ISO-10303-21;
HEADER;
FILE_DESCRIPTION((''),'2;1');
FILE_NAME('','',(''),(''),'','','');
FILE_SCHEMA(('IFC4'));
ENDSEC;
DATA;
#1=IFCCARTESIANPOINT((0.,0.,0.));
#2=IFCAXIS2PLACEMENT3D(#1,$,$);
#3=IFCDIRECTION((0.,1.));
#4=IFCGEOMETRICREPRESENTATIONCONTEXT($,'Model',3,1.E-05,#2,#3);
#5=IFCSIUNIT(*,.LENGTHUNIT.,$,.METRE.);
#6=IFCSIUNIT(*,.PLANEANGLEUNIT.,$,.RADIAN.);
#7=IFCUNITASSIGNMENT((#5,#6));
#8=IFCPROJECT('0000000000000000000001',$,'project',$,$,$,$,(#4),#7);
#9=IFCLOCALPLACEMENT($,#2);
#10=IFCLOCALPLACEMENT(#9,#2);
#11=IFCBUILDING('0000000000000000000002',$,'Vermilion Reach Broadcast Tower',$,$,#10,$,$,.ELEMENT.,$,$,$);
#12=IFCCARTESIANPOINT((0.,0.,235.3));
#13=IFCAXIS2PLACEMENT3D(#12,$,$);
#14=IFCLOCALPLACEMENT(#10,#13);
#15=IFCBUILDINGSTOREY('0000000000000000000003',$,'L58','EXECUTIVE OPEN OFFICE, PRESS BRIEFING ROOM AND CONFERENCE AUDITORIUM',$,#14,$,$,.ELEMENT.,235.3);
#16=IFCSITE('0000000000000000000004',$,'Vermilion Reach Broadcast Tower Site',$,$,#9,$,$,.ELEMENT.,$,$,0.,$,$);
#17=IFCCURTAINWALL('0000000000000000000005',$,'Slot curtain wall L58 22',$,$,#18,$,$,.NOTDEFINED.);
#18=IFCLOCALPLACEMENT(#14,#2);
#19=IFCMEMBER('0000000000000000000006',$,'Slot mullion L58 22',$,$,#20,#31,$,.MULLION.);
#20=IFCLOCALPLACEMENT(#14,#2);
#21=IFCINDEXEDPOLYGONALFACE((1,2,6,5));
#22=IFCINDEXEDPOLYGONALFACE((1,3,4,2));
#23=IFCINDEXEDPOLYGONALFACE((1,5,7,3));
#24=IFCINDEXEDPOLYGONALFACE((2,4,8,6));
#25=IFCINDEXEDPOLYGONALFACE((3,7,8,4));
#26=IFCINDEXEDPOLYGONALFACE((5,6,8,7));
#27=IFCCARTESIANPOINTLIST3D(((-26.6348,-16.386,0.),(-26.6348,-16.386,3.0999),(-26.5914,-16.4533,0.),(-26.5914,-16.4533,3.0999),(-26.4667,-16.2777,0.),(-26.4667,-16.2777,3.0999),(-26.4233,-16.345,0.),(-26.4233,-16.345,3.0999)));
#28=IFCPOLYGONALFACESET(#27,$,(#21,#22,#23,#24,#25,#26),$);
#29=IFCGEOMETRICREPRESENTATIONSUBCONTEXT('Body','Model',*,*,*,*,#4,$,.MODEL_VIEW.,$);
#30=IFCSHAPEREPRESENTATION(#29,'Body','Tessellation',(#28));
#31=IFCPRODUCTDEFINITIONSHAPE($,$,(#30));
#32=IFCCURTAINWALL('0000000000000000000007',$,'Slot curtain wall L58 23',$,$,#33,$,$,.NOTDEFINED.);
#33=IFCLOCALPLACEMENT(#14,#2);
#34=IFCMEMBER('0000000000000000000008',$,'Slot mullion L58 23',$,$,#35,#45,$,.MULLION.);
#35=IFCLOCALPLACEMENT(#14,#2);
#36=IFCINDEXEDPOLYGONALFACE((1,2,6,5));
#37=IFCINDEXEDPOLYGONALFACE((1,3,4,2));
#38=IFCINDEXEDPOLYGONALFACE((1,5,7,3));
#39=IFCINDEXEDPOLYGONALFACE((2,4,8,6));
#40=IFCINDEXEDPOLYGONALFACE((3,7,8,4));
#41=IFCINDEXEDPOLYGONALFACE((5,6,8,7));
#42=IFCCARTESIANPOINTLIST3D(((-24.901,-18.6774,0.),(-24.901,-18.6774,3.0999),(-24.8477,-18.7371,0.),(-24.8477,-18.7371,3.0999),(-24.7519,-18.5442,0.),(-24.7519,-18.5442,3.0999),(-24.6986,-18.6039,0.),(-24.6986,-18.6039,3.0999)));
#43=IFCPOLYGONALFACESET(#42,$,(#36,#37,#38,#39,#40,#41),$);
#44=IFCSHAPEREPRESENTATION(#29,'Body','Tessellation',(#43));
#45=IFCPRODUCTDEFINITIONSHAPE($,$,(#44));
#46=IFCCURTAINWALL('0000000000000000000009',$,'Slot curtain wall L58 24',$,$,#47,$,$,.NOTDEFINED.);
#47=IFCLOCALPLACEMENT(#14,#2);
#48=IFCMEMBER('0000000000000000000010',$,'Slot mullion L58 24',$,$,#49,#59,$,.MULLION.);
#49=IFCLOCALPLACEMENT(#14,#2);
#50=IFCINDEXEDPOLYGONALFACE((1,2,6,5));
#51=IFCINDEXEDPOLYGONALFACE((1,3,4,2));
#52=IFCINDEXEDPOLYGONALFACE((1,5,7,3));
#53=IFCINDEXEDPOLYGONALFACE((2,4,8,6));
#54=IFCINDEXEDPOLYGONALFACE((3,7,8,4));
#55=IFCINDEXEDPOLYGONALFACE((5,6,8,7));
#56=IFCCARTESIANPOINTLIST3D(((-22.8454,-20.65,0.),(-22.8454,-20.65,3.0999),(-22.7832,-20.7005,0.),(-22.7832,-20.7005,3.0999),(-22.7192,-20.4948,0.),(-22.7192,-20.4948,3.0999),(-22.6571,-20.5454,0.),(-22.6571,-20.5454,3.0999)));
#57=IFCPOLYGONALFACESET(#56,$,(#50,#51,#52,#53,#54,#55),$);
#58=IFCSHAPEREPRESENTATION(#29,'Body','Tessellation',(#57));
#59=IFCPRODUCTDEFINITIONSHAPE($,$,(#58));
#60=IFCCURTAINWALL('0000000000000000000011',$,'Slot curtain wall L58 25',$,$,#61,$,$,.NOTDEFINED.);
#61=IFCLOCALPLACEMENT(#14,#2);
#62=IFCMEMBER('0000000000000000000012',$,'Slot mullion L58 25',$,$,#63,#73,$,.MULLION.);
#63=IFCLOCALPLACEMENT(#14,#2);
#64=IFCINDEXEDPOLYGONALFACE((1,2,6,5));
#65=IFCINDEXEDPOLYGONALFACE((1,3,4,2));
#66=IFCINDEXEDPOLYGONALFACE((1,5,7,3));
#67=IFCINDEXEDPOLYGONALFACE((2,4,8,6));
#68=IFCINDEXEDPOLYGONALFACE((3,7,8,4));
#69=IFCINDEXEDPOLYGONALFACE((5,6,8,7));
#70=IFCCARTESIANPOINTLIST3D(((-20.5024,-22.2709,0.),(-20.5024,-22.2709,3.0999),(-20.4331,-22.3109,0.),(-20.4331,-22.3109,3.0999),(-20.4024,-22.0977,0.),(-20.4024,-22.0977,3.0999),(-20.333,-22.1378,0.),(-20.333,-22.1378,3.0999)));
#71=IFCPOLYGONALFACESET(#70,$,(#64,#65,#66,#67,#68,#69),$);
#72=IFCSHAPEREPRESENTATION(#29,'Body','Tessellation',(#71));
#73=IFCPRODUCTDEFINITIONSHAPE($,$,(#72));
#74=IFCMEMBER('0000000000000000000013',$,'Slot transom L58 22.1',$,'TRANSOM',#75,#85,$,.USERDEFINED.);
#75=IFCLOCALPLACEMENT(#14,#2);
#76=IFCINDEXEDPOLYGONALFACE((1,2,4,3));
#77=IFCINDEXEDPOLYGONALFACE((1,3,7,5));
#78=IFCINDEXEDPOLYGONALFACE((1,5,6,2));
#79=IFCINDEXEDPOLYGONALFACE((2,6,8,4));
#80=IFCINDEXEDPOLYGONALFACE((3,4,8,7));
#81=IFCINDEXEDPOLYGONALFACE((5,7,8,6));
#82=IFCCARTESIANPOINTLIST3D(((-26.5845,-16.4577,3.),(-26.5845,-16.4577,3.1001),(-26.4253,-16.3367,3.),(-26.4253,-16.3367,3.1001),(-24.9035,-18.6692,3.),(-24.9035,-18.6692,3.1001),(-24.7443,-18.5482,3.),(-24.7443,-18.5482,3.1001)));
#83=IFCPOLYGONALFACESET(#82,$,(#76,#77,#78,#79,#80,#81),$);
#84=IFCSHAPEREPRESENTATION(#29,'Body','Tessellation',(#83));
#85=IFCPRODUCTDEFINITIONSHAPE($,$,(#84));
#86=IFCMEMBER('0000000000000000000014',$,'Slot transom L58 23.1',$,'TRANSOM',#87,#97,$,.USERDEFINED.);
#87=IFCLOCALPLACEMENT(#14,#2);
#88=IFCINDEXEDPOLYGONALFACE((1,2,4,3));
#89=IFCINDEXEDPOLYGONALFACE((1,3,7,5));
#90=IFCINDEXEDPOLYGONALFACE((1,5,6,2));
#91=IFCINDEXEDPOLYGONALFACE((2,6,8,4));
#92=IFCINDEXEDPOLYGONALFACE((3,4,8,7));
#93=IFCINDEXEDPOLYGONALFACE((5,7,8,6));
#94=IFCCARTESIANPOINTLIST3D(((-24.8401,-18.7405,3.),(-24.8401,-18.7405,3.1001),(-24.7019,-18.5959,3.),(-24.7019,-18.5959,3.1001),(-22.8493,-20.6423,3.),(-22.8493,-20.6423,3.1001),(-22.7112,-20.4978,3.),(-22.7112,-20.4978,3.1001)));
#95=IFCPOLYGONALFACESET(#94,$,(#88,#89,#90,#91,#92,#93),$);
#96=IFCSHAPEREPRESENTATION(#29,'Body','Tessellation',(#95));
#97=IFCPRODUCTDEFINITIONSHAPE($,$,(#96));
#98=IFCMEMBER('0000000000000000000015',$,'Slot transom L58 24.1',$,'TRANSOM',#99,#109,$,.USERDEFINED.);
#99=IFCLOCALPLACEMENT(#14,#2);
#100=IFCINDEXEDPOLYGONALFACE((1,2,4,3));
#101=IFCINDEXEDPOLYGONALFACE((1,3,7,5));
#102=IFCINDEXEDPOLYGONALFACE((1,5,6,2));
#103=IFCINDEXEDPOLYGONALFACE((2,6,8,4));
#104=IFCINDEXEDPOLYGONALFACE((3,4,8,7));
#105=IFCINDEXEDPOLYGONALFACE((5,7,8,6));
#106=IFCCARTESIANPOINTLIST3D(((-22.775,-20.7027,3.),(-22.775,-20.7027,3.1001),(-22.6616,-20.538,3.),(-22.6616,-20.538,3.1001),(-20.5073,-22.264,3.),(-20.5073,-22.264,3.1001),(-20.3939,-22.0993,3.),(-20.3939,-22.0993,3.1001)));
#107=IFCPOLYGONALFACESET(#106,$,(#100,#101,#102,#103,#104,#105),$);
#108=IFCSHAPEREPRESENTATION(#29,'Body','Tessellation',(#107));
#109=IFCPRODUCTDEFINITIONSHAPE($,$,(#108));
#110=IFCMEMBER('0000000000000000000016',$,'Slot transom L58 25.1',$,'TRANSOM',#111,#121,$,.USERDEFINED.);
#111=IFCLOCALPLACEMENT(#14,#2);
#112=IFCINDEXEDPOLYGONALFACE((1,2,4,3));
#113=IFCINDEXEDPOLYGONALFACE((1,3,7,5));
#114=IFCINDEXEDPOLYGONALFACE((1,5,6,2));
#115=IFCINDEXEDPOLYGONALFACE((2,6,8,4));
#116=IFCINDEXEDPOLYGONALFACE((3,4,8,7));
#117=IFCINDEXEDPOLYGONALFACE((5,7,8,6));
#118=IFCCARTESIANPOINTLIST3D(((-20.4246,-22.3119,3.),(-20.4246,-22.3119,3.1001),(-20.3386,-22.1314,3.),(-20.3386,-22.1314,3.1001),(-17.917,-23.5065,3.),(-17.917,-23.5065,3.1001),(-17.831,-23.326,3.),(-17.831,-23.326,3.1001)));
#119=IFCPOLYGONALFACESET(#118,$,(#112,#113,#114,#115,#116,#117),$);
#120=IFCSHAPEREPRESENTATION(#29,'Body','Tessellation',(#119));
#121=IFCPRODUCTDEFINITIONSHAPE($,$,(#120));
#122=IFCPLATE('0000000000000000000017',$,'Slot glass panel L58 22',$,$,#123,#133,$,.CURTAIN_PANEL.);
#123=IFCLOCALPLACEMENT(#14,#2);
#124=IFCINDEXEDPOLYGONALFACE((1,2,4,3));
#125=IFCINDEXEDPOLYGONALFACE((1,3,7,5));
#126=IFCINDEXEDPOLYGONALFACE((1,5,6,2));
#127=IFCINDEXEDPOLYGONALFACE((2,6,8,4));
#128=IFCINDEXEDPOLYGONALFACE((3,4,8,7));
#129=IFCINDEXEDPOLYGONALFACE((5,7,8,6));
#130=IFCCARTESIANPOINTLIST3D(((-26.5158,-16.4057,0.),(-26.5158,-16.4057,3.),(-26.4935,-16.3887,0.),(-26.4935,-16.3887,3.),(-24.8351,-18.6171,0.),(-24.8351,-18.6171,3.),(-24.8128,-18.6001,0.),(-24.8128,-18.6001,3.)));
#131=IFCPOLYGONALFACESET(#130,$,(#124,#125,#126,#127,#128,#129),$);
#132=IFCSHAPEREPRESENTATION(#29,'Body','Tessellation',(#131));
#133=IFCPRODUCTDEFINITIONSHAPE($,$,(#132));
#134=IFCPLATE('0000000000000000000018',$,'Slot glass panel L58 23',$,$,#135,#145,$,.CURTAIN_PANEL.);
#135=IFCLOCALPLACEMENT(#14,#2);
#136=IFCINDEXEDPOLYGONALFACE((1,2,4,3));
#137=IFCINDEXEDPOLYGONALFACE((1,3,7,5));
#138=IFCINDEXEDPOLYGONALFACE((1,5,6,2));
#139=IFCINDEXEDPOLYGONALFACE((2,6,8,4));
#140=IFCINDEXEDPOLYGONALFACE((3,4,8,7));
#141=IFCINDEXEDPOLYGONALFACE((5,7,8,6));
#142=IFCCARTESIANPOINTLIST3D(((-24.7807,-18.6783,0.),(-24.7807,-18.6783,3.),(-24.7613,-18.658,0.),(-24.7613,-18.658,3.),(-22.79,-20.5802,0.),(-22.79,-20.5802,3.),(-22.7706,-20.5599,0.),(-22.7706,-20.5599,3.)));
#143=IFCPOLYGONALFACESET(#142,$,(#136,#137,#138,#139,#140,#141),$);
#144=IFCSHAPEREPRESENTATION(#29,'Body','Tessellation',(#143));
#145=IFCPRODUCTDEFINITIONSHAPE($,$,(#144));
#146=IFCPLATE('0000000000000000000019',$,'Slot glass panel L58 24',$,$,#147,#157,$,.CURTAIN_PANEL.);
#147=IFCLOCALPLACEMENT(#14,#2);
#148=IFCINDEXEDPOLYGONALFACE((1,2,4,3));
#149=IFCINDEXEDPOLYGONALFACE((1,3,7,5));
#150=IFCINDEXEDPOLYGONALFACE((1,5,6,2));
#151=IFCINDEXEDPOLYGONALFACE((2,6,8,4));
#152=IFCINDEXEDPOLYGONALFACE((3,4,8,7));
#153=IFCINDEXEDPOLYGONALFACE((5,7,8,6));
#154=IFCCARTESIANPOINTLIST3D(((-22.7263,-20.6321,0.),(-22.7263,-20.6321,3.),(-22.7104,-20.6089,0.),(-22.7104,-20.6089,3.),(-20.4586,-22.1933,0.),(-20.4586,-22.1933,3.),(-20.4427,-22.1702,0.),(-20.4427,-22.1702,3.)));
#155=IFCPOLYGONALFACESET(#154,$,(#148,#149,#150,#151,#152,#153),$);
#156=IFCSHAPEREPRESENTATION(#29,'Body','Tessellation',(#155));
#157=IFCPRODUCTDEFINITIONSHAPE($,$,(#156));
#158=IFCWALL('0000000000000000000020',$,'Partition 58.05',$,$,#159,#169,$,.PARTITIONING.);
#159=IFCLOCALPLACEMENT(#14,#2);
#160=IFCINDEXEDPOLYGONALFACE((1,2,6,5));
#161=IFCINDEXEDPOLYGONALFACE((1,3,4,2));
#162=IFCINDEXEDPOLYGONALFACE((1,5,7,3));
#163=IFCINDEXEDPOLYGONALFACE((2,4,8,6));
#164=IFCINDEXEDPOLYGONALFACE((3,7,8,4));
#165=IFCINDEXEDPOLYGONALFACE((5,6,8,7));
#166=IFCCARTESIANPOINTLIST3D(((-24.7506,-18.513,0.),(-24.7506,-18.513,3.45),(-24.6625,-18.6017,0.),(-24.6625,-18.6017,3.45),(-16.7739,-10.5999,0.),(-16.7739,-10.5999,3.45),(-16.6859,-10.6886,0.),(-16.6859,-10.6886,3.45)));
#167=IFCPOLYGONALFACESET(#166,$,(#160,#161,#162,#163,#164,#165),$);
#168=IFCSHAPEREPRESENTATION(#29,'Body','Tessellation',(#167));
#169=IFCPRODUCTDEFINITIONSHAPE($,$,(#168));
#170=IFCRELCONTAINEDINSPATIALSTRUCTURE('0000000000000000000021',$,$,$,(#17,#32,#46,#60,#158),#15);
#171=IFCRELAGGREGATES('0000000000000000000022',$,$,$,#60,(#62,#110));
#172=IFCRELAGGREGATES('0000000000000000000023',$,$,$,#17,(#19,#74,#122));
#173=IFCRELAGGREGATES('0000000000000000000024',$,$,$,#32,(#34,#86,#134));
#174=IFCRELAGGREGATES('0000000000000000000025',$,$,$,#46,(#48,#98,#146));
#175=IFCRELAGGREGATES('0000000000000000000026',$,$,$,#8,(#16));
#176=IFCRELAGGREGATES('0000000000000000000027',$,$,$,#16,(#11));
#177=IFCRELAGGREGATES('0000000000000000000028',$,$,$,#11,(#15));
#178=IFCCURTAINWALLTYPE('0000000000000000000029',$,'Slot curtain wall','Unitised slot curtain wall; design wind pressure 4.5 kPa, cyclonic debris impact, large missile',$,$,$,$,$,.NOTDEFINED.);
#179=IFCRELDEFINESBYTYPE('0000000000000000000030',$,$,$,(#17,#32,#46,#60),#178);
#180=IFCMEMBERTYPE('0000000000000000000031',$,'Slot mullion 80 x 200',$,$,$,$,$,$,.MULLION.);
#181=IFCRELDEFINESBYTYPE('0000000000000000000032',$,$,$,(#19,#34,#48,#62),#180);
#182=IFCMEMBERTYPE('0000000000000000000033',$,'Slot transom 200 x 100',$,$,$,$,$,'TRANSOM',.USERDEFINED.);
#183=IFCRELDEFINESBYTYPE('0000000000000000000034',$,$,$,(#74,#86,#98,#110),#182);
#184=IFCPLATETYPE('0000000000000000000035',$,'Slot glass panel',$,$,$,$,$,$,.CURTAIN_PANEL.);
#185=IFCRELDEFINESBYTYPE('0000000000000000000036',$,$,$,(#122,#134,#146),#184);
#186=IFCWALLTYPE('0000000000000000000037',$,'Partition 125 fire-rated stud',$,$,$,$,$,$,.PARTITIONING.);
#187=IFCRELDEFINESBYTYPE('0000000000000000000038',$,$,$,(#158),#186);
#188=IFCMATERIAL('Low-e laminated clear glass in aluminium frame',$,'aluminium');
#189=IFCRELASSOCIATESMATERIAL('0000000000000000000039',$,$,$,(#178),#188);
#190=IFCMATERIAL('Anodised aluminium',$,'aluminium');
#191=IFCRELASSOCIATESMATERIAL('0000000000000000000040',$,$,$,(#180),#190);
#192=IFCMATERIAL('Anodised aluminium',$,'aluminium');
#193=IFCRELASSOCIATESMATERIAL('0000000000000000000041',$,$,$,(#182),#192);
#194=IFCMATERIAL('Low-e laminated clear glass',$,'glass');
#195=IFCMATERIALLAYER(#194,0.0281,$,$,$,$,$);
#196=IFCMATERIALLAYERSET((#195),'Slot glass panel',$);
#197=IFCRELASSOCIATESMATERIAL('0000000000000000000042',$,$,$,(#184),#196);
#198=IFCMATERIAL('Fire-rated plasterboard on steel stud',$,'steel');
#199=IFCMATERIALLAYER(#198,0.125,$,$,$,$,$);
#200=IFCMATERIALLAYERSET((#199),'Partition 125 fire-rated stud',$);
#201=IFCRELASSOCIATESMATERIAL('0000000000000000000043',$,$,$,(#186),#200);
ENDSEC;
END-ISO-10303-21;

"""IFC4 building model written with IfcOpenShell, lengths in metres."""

from ifc_helpers import new_model, si_unit, direction, frame, frame_2d, origin, origin_2d, place, context, subcontext, project, spatial, rectangle, extrude, material, layer, layer_set, material_profile, profile_set, type_object, element, aggregate, save


model = new_model("IFC4")

# Units and contexts
model_context = context("Model", 3, precision=1e-05, world=origin(), true_north=direction((0.0, 1.0)))
body_context = subcontext(model_context, "Body", "Model", "MODEL_VIEW")
ifc_project = project(units=[si_unit("LENGTHUNIT", "METRE"), si_unit("PLANEANGLEUNIT", "RADIAN")], contexts=[model_context])

# Site, building, storey
site_placement = place(None, origin())
site = spatial("IfcSite", under=ifc_project, at=site_placement, Name="Vermilion Reach Broadcast Tower Site", CompositionType="ELEMENT", RefElevation=0.0)
building_placement = place(site_placement, origin())
building = spatial("IfcBuilding", under=site, at=building_placement, Name="Vermilion Reach Broadcast Tower", CompositionType="ELEMENT")
storey_placement = place(building_placement, frame((0.0, 0.0, 235.3)))
storey = spatial("IfcBuildingStorey", under=building, at=storey_placement, Name="L58", Description="EXECUTIVE OPEN OFFICE, PRESS BRIEFING ROOM AND CONFERENCE AUDITORIUM", CompositionType="ELEMENT", Elevation=235.3)

# Curtain walls, members
ifc_material_1 = material(Name="Low-e laminated clear glass in aluminium frame", Category="aluminium")
curtain_wall_type = type_object("IfcCurtainWallType", Name="Slot curtain wall", Description="Unitised slot curtain wall; design wind pressure 4.5 kPa, cyclonic debris impact, large missile", PredefinedType="NOTDEFINED", material=ifc_material_1)
placement = place(storey_placement, origin())
curtain_wall_1 = element("IfcCurtainWall", 1, at=placement, inside=storey, type_object=curtain_wall_type, Name="Slot curtain wall L58 22", PredefinedType="NOTDEFINED")
ifc_material_2 = material(Name="Anodised aluminium", Category="aluminium")
ifc_material_profile_1 = material_profile(ifc_material_2, rectangle(XDim=0.2, YDim=0.0801, at=origin_2d()), Name="Slot mullion 80 x 200")
ifc_profile_set_1 = profile_set([ifc_material_profile_1], Name="Anodised aluminium")
member_type_1 = type_object("IfcMemberType", Name="Slot mullion 80 x 200", PredefinedType="MULLION", material=ifc_profile_set_1)
member_1_placement = place(storey_placement, frame((-26.5291, -16.3655, 0.0), z_axis=(0.0, 0.0, 1.0), x_axis=(0.840505, 0.541804, 0.0)))
member_1 = element("IfcMember", 2, at=member_1_placement, type_object=member_type_1, Name="Slot mullion L58 22", PredefinedType="MULLION", context=body_context, shape_type="SweptSolid", body=[
    extrude(rectangle(XDim=0.2, YDim=0.0801, at=origin_2d()), origin(), (0.0, 0.0, 1.0), 3.0999),
])
curtain_wall_2 = element("IfcCurtainWall", 3, at=placement, inside=storey, type_object=curtain_wall_type, Name="Slot curtain wall L58 23", PredefinedType="NOTDEFINED")
member_2_placement = place(storey_placement, frame((-24.7998, -18.6406, 0.0), z_axis=(0.0, 0.0, 1.0), x_axis=(0.745812, 0.666156, 0.0)))
member_2 = element("IfcMember", 4, at=member_2_placement, type_object=member_type_1, Name="Slot mullion L58 23", PredefinedType="MULLION", context=body_context, shape_type="SweptSolid", body=[
    extrude(rectangle(XDim=0.2, YDim=0.0801, at=origin_2d()), origin(), (0.0, 0.0, 1.0), 3.0999),
])
curtain_wall_3 = element("IfcCurtainWall", 5, at=placement, inside=storey, type_object=curtain_wall_type, Name="Slot curtain wall L58 24", PredefinedType="NOTDEFINED")
member_3_placement = place(storey_placement, frame((-22.7512, -20.5977, 0.0), z_axis=(0.0, 0.0, 1.0), x_axis=(0.630947, 0.775826, 0.0)))
member_3 = element("IfcMember", 6, at=member_3_placement, type_object=member_type_1, Name="Slot mullion L58 24", PredefinedType="MULLION", context=body_context, shape_type="SweptSolid", body=[
    extrude(rectangle(XDim=0.2, YDim=0.0801, at=origin_2d()), origin(), (0.0, 0.0, 1.0), 3.0999),
])
curtain_wall_4 = element("IfcCurtainWall", 7, at=placement, inside=storey, type_object=curtain_wall_type, Name="Slot curtain wall L58 25", PredefinedType="NOTDEFINED")
member_4_placement = place(storey_placement, frame((-20.4177, -22.2043, 0.0), z_axis=(0.0, 0.0, 1.0), x_axis=(0.500168, 0.865929, 0.0)))
member_4 = element("IfcMember", 8, at=member_4_placement, type_object=member_type_1, Name="Slot mullion L58 25", PredefinedType="MULLION", context=body_context, shape_type="SweptSolid", body=[
    extrude(rectangle(XDim=0.2, YDim=0.0801, at=origin_2d()), origin(), (0.0, 0.0, 1.0), 3.0999),
])

# Members
ifc_material_3 = material(Name="Anodised aluminium", Category="aluminium")
ifc_material_profile_2 = material_profile(ifc_material_3, rectangle(XDim=0.2, YDim=0.1001, at=origin_2d()), Name="Slot transom 200 x 100")
ifc_profile_set_2 = profile_set([ifc_material_profile_2], Name="Anodised aluminium")
member_type_2 = type_object("IfcMemberType", Name="Slot transom 200 x 100", ElementType="TRANSOM", PredefinedType="USERDEFINED", material=ifc_profile_set_2)
member_5_placement = place(storey_placement, frame((-26.5049, -16.3972, 3.05), z_axis=(0.605135, -0.796123, 0.0), x_axis=(0.796123, 0.605135, 0.0)))
member_5 = element("IfcMember", 9, at=member_5_placement, type_object=member_type_2, Name="Slot transom L58 22.1", ObjectType="TRANSOM", PredefinedType="USERDEFINED", context=body_context, shape_type="SweptSolid", body=[
    extrude(rectangle(XDim=0.2, YDim=0.1001, at=origin_2d()), origin(), (0.0, 0.0, 1.0), 2.7778),
])
member_6_placement = place(storey_placement, frame((-24.771, -18.6682, 3.05), z_axis=(0.723062, -0.690784, 0.0), x_axis=(0.690784, 0.723062, 0.0)))
member_6 = element("IfcMember", 10, at=member_6_placement, type_object=member_type_2, Name="Slot transom L58 23.1", ObjectType="TRANSOM", PredefinedType="USERDEFINED", context=body_context, shape_type="SweptSolid", body=[
    extrude(rectangle(XDim=0.2, YDim=0.1001, at=origin_2d()), origin(), (0.0, 0.0, 1.0), 2.7532),
])
member_7_placement = place(storey_placement, frame((-22.7183, -20.6204, 3.05), z_axis=(0.823648, -0.567101, 0.0), x_axis=(0.567101, 0.823648, 0.0)))
member_7 = element("IfcMember", 11, at=member_7_placement, type_object=member_type_2, Name="Slot transom L58 24.1", ObjectType="TRANSOM", PredefinedType="USERDEFINED", context=body_context, shape_type="SweptSolid", body=[
    extrude(rectangle(XDim=0.2, YDim=0.1001, at=origin_2d()), origin(), (0.0, 0.0, 1.0), 2.7532),
])
member_8_placement = place(storey_placement, frame((-20.3816, -22.2217, 3.05), z_axis=(0.902791, -0.43008, 0.0), x_axis=(0.43008, 0.902791, 0.0)))
member_8 = element("IfcMember", 12, at=member_8_placement, type_object=member_type_2, Name="Slot transom L58 25.1", ObjectType="TRANSOM", PredefinedType="USERDEFINED", context=body_context, shape_type="SweptSolid", body=[
    extrude(rectangle(XDim=0.2, YDim=0.1001, at=origin_2d()), origin(), (0.0, 0.0, 1.0), 2.7776),
])
aggregate(curtain_wall_4, [member_4, member_8])

# Plates
ifc_material_4 = material(Name="Low-e laminated clear glass", Category="glass")
ifc_layer_1 = layer(ifc_material_4, 0.0281)
ifc_layer_set_1 = layer_set([ifc_layer_1], Name="Slot glass panel")
plate_type = type_object("IfcPlateType", Name="Slot glass panel", PredefinedType="CURTAIN_PANEL", material=ifc_layer_set_1)
plate_1_placement = place(storey_placement, frame((-25.6643, -17.5029, 0.0), z_axis=(0.0, 0.0, 1.0), x_axis=(0.605092, -0.796156, 0.0)))
plate_1 = element("IfcPlate", 13, at=plate_1_placement, type_object=plate_type, Name="Slot glass panel L58 22", PredefinedType="CURTAIN_PANEL", context=body_context, shape_type="SweptSolid", body=[
    extrude(rectangle(XDim=2.7776, YDim=0.0281, at=origin_2d()), origin(), (0.0, 0.0, 1.0), 3.0),
])
aggregate(curtain_wall_1, [member_1, member_5, plate_1])
plate_2_placement = place(storey_placement, frame((-23.7756, -19.6191, 0.0), z_axis=(0.0, 0.0, 1.0), x_axis=(0.723049, -0.690797, 0.0)))
plate_2 = element("IfcPlate", 14, at=plate_2_placement, type_object=plate_type, Name="Slot glass panel L58 23", PredefinedType="CURTAIN_PANEL", context=body_context, shape_type="SweptSolid", body=[
    extrude(rectangle(XDim=2.7532, YDim=0.0281, at=origin_2d()), origin(), (0.0, 0.0, 1.0), 3.0),
])
aggregate(curtain_wall_2, [member_2, member_6, plate_2])
plate_3_placement = place(storey_placement, frame((-21.5845, -21.4011, 0.0), z_axis=(0.0, 0.0, 1.0), x_axis=(0.823664, -0.567078, 0.0)))
plate_3 = element("IfcPlate", 15, at=plate_3_placement, type_object=plate_type, Name="Slot glass panel L58 24", PredefinedType="CURTAIN_PANEL", context=body_context, shape_type="SweptSolid", body=[
    extrude(rectangle(XDim=2.7532, YDim=0.0281, at=origin_2d()), origin(), (0.0, 0.0, 1.0), 3.0),
])
aggregate(curtain_wall_3, [member_3, member_7, plate_3])

# Wall
ifc_material_5 = material(Name="Fire-rated plasterboard on steel stud", Category="steel")
ifc_layer_2 = layer(ifc_material_5, 0.125)
ifc_layer_set_2 = layer_set([ifc_layer_2], Name="Partition 125 fire-rated stud")
wall_type = type_object("IfcWallType", Name="Partition 125 fire-rated stud", PredefinedType="PARTITIONING", material=ifc_layer_set_2)
wall_placement = place(storey_placement, frame((-24.7065, -18.5574, 0.0), z_axis=(0.0, 0.0, 1.0), x_axis=(0.709926, 0.704276, 0.0)))
element("IfcWall", 16, at=wall_placement, inside=storey, type_object=wall_type, Name="Partition 58.05", PredefinedType="PARTITIONING", context=body_context, shape_type="SweptSolid", body=[
    extrude(rectangle(XDim=11.2358, YDim=0.125, at=frame_2d((5.6179, 0.0))), origin(), (0.0, 0.0, 1.0), 3.45),
])

save(model, "model.ifc")
